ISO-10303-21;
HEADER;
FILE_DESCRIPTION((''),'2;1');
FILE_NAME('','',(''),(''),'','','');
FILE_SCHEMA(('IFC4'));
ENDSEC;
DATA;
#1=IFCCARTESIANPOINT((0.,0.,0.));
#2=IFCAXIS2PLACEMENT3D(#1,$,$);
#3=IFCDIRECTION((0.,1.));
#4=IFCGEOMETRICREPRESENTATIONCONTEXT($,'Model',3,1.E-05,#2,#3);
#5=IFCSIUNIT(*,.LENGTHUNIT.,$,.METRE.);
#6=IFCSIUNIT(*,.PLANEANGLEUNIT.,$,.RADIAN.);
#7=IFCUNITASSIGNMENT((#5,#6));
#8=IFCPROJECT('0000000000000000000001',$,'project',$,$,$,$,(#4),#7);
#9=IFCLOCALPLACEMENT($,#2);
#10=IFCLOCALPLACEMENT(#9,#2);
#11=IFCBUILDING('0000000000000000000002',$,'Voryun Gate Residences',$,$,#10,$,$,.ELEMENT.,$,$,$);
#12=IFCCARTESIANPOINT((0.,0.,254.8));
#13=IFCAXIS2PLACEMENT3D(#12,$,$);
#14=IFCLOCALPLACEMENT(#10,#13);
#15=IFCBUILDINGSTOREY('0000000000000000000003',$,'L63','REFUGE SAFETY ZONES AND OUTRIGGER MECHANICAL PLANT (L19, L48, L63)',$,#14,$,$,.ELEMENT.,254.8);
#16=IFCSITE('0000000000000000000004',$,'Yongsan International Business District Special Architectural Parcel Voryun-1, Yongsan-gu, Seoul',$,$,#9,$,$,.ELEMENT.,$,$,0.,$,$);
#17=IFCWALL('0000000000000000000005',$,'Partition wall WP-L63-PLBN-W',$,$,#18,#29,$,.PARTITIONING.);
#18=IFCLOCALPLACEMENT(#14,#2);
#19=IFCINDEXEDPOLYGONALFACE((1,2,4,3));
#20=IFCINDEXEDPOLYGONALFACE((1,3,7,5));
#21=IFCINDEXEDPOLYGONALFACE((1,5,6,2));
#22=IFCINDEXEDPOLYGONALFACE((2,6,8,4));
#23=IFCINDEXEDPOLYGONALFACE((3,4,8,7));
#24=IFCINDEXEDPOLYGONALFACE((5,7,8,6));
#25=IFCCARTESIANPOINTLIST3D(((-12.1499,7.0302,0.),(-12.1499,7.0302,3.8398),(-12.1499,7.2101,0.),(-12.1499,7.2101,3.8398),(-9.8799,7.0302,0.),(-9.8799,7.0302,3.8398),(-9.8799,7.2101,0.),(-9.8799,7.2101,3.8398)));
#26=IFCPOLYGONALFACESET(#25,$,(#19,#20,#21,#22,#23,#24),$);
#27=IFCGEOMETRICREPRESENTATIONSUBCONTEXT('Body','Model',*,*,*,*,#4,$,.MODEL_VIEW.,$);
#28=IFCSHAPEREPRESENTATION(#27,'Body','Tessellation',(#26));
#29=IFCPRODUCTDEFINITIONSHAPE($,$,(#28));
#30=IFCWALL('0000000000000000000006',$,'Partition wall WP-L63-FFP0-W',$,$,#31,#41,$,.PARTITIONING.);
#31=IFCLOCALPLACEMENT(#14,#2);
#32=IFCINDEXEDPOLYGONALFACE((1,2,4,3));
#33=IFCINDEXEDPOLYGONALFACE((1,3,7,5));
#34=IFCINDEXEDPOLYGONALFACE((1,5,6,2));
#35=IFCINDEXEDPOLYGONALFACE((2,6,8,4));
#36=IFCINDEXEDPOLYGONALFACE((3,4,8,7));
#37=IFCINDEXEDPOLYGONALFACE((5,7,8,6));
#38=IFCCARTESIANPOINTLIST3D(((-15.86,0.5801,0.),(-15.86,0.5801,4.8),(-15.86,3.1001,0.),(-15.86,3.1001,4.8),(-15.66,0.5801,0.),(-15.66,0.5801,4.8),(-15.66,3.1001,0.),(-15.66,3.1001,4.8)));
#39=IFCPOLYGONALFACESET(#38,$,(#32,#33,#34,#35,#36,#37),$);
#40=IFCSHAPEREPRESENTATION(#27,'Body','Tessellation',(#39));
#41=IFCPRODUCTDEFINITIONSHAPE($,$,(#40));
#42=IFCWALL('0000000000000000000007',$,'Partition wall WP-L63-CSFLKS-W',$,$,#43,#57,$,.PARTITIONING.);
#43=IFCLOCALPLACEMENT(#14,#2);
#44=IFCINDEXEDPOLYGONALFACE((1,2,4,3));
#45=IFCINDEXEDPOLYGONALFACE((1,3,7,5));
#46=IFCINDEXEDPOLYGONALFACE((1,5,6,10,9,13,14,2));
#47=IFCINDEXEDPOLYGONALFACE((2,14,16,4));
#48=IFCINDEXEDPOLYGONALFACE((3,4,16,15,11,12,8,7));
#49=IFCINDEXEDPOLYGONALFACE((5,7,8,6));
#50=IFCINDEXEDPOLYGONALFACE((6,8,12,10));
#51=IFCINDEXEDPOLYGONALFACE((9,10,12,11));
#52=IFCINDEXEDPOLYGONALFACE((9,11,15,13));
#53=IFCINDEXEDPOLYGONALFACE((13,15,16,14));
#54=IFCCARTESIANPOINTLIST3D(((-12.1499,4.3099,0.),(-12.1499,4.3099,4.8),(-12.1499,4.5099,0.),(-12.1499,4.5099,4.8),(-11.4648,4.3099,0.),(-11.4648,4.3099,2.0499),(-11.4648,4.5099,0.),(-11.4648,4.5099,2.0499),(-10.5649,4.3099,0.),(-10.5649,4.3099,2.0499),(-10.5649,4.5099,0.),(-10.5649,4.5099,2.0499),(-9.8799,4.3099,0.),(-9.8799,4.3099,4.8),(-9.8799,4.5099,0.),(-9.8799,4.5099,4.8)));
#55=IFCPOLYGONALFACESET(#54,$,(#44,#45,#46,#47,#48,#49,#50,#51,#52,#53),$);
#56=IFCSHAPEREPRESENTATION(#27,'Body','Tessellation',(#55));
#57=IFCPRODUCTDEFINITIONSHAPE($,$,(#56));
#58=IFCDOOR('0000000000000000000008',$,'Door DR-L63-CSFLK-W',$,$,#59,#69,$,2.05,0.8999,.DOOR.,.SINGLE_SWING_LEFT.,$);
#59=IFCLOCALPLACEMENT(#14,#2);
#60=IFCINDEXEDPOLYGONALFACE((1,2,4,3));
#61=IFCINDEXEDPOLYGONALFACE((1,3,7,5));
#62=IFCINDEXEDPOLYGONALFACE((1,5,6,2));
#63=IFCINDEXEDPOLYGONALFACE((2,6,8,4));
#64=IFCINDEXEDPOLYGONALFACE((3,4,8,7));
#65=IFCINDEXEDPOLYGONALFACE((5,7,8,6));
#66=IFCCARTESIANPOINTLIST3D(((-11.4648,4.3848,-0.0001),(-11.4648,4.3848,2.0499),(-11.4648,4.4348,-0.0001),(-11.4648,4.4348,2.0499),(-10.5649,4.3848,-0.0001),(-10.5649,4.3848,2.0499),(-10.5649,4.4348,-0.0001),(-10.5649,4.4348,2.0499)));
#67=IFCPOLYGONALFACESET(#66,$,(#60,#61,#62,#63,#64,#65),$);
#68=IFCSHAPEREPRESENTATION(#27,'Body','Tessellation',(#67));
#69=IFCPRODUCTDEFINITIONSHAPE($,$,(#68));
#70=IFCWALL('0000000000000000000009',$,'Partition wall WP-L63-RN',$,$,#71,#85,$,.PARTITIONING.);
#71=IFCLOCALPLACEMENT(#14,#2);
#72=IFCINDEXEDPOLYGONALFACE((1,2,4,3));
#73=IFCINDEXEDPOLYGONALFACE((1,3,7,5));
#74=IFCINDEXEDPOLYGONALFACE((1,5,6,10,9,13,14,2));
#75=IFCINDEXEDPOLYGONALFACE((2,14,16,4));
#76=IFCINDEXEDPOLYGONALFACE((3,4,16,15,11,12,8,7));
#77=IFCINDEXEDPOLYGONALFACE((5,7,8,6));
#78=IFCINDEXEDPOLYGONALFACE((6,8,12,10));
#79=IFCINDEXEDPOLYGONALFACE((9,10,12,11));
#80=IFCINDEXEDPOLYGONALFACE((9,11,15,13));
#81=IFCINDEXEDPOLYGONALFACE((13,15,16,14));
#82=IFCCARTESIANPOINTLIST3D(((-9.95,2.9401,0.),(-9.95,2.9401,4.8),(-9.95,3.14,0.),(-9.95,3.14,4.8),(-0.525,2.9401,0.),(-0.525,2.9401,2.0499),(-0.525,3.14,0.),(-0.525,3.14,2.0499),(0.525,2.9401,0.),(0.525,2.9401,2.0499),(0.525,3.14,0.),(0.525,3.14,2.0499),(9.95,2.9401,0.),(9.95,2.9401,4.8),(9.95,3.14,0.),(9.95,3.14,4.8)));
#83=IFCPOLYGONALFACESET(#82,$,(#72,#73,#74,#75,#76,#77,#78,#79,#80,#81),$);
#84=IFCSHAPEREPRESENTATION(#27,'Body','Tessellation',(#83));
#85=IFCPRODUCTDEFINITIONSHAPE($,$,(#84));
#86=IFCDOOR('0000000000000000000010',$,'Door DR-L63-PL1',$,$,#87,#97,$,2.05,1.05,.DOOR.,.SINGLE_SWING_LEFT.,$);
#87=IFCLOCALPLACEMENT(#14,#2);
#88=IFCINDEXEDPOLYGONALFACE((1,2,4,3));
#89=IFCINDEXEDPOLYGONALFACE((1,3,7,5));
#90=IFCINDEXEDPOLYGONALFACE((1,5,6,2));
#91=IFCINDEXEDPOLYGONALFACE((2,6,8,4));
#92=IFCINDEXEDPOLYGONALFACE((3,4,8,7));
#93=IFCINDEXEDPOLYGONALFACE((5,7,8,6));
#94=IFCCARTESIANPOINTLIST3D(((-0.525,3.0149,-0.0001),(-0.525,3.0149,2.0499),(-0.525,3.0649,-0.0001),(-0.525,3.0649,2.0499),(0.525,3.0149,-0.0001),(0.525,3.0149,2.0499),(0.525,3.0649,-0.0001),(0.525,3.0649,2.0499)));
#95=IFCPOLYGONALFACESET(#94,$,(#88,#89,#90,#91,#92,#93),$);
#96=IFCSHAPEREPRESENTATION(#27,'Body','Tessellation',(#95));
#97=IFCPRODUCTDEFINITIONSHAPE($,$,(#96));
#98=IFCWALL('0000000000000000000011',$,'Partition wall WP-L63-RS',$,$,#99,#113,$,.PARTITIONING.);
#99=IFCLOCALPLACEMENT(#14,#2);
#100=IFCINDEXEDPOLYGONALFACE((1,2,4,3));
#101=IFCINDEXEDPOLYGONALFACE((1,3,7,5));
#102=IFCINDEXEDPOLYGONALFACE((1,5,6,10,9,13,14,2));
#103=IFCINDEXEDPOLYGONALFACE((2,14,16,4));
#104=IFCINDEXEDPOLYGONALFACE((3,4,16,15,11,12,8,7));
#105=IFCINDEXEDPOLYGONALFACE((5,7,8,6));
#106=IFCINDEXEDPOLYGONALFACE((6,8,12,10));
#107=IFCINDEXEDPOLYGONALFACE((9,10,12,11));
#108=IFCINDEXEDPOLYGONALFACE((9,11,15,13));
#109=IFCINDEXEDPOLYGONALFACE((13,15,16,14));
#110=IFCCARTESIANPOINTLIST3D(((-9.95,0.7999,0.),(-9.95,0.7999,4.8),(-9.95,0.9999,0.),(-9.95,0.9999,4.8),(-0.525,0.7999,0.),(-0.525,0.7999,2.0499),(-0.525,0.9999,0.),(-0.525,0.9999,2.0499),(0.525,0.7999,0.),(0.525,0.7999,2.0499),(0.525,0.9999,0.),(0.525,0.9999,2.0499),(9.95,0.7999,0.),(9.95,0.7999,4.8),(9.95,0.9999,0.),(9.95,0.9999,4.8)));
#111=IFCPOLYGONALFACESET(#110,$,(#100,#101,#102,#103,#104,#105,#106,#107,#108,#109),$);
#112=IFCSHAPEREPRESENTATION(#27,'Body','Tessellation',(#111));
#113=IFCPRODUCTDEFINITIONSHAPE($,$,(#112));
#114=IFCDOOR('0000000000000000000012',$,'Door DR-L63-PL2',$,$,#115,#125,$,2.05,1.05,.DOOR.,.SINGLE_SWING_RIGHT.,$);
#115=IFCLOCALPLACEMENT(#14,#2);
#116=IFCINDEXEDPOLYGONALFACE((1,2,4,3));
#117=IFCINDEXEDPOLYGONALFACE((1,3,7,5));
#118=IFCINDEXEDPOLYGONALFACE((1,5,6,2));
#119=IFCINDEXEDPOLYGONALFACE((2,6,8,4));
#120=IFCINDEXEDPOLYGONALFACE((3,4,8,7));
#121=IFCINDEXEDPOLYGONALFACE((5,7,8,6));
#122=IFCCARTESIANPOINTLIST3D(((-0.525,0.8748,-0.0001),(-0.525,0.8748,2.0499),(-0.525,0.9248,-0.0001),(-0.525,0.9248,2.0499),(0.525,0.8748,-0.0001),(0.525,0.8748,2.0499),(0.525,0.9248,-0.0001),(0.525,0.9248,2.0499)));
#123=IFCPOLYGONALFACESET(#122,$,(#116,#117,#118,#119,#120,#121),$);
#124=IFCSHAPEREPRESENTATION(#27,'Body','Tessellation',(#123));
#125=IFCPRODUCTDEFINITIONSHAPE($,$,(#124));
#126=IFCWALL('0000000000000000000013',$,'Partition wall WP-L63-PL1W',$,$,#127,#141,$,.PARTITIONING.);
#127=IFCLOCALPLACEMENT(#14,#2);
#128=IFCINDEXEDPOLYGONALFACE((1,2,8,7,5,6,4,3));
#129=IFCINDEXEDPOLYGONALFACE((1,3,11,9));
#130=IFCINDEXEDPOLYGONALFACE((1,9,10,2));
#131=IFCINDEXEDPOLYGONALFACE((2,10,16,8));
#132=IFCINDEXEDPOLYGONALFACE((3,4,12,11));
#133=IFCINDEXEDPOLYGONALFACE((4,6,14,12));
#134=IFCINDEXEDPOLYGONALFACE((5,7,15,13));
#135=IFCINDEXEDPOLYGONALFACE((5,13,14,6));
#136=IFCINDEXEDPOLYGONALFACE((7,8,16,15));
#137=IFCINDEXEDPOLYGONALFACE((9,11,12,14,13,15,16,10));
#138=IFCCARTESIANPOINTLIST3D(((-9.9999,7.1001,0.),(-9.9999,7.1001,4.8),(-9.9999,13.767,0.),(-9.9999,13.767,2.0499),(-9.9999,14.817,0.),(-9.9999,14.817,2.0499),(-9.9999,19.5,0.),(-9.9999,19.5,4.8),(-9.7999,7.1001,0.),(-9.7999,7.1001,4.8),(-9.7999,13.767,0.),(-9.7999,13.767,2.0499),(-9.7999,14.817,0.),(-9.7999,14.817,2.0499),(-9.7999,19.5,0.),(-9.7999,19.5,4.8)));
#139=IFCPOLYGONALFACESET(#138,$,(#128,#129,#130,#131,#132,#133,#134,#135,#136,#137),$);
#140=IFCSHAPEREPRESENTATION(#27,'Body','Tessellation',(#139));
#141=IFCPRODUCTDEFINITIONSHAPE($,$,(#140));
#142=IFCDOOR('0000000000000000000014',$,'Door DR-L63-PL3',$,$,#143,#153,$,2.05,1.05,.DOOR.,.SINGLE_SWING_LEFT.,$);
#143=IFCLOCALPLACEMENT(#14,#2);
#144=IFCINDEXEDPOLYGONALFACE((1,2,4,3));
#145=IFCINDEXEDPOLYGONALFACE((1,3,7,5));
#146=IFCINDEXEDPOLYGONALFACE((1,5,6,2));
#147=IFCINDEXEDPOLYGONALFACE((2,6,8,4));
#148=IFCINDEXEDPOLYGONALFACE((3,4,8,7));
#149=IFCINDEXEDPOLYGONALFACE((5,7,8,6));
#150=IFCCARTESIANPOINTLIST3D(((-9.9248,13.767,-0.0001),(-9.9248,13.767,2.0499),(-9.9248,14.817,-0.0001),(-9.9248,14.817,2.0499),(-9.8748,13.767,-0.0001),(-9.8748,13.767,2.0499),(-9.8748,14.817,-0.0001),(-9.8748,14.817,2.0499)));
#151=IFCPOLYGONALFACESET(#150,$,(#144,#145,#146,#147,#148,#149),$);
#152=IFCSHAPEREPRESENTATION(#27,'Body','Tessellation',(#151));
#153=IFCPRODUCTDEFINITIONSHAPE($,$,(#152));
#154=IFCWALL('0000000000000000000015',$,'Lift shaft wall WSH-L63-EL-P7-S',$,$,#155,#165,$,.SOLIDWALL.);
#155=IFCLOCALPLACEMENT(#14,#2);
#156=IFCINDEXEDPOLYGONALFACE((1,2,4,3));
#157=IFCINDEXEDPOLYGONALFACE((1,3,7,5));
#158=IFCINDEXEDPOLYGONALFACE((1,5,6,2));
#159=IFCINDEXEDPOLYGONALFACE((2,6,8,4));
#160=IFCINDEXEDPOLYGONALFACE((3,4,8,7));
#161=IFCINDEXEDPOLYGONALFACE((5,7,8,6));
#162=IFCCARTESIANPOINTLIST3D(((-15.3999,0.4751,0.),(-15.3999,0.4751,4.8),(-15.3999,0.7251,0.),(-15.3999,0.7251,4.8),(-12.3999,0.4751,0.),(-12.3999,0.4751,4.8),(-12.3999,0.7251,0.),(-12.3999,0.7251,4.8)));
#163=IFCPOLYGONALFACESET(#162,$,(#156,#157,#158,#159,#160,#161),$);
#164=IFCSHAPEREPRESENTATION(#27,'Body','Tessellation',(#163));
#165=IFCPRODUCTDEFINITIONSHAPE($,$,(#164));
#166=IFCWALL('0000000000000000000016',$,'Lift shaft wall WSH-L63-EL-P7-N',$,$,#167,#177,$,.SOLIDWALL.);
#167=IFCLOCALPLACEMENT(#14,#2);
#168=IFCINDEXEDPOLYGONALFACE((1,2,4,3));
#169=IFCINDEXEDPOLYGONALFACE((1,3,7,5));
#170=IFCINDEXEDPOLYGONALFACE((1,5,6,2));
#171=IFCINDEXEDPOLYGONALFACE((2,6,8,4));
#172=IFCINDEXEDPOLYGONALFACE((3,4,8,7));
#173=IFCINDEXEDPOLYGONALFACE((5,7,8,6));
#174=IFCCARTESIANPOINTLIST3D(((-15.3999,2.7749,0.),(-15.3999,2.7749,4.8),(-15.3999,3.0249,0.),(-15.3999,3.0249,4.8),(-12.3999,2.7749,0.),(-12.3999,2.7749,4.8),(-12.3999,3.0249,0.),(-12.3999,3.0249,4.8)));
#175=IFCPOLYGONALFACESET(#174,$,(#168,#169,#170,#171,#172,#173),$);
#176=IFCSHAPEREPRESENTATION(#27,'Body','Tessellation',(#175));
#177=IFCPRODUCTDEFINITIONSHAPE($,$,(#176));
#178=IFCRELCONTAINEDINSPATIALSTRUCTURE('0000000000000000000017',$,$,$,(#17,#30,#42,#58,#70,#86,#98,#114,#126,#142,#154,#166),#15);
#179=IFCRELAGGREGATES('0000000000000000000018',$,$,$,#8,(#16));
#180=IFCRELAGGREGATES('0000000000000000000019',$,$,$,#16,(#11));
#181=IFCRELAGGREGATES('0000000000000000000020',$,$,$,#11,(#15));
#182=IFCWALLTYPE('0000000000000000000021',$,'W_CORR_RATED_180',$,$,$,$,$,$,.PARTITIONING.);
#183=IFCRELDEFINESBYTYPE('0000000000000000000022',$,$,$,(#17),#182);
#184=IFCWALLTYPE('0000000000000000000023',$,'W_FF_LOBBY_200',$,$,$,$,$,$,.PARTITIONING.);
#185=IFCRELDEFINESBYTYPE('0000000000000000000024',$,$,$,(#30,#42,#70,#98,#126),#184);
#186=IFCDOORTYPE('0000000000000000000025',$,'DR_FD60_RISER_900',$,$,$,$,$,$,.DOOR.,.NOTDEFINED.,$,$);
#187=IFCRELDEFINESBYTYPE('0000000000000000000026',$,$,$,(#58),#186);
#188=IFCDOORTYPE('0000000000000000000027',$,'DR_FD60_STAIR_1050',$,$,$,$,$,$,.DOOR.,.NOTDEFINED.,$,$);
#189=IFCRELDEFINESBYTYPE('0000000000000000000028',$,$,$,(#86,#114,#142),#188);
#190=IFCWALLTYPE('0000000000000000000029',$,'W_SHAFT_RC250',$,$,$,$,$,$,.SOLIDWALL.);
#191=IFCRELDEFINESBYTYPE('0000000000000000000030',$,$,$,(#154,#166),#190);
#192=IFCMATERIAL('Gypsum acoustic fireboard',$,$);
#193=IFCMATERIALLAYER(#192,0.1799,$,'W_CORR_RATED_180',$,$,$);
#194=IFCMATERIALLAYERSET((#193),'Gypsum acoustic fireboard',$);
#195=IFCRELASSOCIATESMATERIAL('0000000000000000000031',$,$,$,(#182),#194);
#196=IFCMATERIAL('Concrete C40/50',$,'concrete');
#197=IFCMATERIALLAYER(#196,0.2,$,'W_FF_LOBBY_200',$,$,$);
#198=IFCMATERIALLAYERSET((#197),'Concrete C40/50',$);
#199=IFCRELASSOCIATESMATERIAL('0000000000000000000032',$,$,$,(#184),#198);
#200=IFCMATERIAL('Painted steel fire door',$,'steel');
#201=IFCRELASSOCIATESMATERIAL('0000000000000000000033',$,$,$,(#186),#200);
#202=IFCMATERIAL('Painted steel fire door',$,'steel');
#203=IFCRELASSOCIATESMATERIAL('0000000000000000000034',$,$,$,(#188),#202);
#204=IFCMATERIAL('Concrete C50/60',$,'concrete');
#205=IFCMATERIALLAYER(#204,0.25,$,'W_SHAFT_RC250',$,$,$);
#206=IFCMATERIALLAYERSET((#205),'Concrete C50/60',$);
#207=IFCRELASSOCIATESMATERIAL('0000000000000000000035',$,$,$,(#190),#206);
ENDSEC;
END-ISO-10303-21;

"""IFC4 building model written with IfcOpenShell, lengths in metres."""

from ifc_helpers import new_model, si_unit, direction, frame, frame_2d, origin, place, context, subcontext, project, spatial, rectangle, extrude, material, layer, layer_set, type_object, element, fill, save


model = new_model("IFC4")

# Units and contexts
model_context = context("Model", 3, precision=1e-05, world=origin(), true_north=direction((0.0, 1.0)))
body_context = subcontext(model_context, "Body", "Model", "MODEL_VIEW")
ifc_project = project(units=[si_unit("LENGTHUNIT", "METRE"), si_unit("PLANEANGLEUNIT", "RADIAN")], contexts=[model_context])

# Site, building, storey
site_placement = place(None, origin())
site = spatial("IfcSite", under=ifc_project, at=site_placement, Name="Yongsan International Business District Special Architectural Parcel Voryun-1, Yongsan-gu, Seoul", CompositionType="ELEMENT", RefElevation=0.0)
building_placement = place(site_placement, origin())
building = spatial("IfcBuilding", under=site, at=building_placement, Name="Voryun Gate Residences", CompositionType="ELEMENT")
storey_placement = place(building_placement, frame((0.0, 0.0, 254.8)))
storey = spatial("IfcBuildingStorey", under=building, at=storey_placement, Name="L63", Description="REFUGE SAFETY ZONES AND OUTRIGGER MECHANICAL PLANT (L19, L48, L63)", CompositionType="ELEMENT", Elevation=254.8)

# Walls
ifc_material_1 = material(Name="Gypsum acoustic fireboard")
ifc_layer_1 = layer(ifc_material_1, 0.1799, Name="W_CORR_RATED_180")
ifc_layer_set_1 = layer_set([ifc_layer_1], Name="Gypsum acoustic fireboard")
wall_type_1 = type_object("IfcWallType", Name="W_CORR_RATED_180", PredefinedType="PARTITIONING", material=ifc_layer_set_1)
wall_1_placement = place(storey_placement, frame((-12.1499, 7.1201, 0.0), z_axis=(0.0, 0.0, 1.0), x_axis=(1.0, 0.0, 0.0)))
element("IfcWall", 1, at=wall_1_placement, inside=storey, type_object=wall_type_1, Name="Partition wall WP-L63-PLBN-W", PredefinedType="PARTITIONING", context=body_context, shape_type="SweptSolid", body=[
    extrude(rectangle(XDim=2.27, YDim=0.1799, at=frame_2d((1.135, 0.0))), origin(), (0.0, 0.0, 1.0), 3.8398),
])
ifc_material_2 = material(Name="Concrete C40/50", Category="concrete")
ifc_layer_2 = layer(ifc_material_2, 0.2, Name="W_FF_LOBBY_200")
ifc_layer_set_2 = layer_set([ifc_layer_2], Name="Concrete C40/50")
wall_type_2 = type_object("IfcWallType", Name="W_FF_LOBBY_200", PredefinedType="PARTITIONING", material=ifc_layer_set_2)
wall_2_placement = place(storey_placement, frame((-15.76, 0.5801, 0.0), z_axis=(0.0, 0.0, 1.0), x_axis=(0.0, 1.0, 0.0)))
element("IfcWall", 2, at=wall_2_placement, inside=storey, type_object=wall_type_2, Name="Partition wall WP-L63-FFP0-W", PredefinedType="PARTITIONING", context=body_context, shape_type="SweptSolid", body=[
    extrude(rectangle(XDim=2.52, YDim=0.2, at=frame_2d((1.26, 0.0))), origin(), (0.0, 0.0, 1.0), 4.8),
])

# Walls, openings, doors
wall_3_placement = place(storey_placement, frame((-12.1499, 4.4099, 0.0), z_axis=(0.0, 0.0, 1.0), x_axis=(1.0, 0.0, 0.0)))
wall_3 = element("IfcWall", 3, at=wall_3_placement, inside=storey, type_object=wall_type_2, Name="Partition wall WP-L63-CSFLKS-W", PredefinedType="PARTITIONING", context=body_context, shape_type="SweptSolid", body=[
    extrude(rectangle(XDim=2.27, YDim=0.2, at=frame_2d((1.135, 0.0))), origin(), (0.0, 0.0, 1.0), 4.8),
])
opening_1_placement = place(wall_3_placement, frame((0.6851, 0.0, 0.0)))
opening_1 = element("IfcOpeningElement", 4, at=opening_1_placement, cuts=wall_3, PredefinedType="OPENING", context=body_context, shape_type="SweptSolid", body=[
    extrude(rectangle(XDim=0.8999, YDim=2.05, at=frame_2d((0.45, 1.0249))), frame((0.0, 0.1101, 0.0), z_axis=(0.0, -1.0, 0.0), x_axis=(1.0, 0.0, 0.0)), (0.0, 0.0, 1.0), 0.22),
])
ifc_material_3 = material(Name="Painted steel fire door", Category="steel")
door_type_1 = type_object("IfcDoorType", Name="DR_FD60_RISER_900", OperationType="NOTDEFINED", PredefinedType="DOOR", material=ifc_material_3)
door_1_placement = place(opening_1_placement, origin())
door_1 = element("IfcDoor", 5, at=door_1_placement, inside=storey, type_object=door_type_1, Name="Door DR-L63-CSFLK-W", OperationType="SINGLE_SWING_LEFT", OverallHeight=2.05, OverallWidth=0.8999, PredefinedType="DOOR", context=body_context, shape_type="SweptSolid", body=[
    extrude(rectangle(XDim=0.8999, YDim=2.05, at=frame_2d((0.45, 1.0249))), frame((0.0, 0.0249, 0.0), z_axis=(0.0, -1.0, 0.0), x_axis=(1.0, 0.0, 0.0)), (0.0, 0.0, 1.0), 0.05),
])
fill(opening_1, door_1)
wall_4_placement = place(storey_placement, frame((-9.95, 3.04, 0.0), z_axis=(0.0, 0.0, 1.0), x_axis=(1.0, 0.0, 0.0)))
wall_4 = element("IfcWall", 6, at=wall_4_placement, inside=storey, type_object=wall_type_2, Name="Partition wall WP-L63-RN", PredefinedType="PARTITIONING", context=body_context, shape_type="SweptSolid", body=[
    extrude(rectangle(XDim=19.8999, YDim=0.2, at=frame_2d((9.95, 0.0))), origin(), (0.0, 0.0, 1.0), 4.8),
])
opening_2_placement = place(wall_4_placement, frame((9.425, 0.0, 0.0)))
opening_2 = element("IfcOpeningElement", 7, at=opening_2_placement, cuts=wall_4, PredefinedType="OPENING", context=body_context, shape_type="SweptSolid", body=[
    extrude(rectangle(XDim=1.05, YDim=2.05, at=frame_2d((0.5249, 1.0249))), frame((0.0, 0.1101, 0.0), z_axis=(0.0, -1.0, 0.0), x_axis=(1.0, 0.0, 0.0)), (0.0, 0.0, 1.0), 0.22),
])
ifc_material_4 = material(Name="Painted steel fire door", Category="steel")
door_type_2 = type_object("IfcDoorType", Name="DR_FD60_STAIR_1050", OperationType="NOTDEFINED", PredefinedType="DOOR", material=ifc_material_4)
door_2_placement = place(opening_2_placement, origin())
door_2 = element("IfcDoor", 8, at=door_2_placement, inside=storey, type_object=door_type_2, Name="Door DR-L63-PL1", OperationType="SINGLE_SWING_LEFT", OverallHeight=2.05, OverallWidth=1.05, PredefinedType="DOOR", context=body_context, shape_type="SweptSolid", body=[
    extrude(rectangle(XDim=1.05, YDim=2.05, at=frame_2d((0.5249, 1.0249))), frame((0.0, 0.0249, 0.0), z_axis=(0.0, -1.0, 0.0), x_axis=(1.0, 0.0, 0.0)), (0.0, 0.0, 1.0), 0.05),
])
fill(opening_2, door_2)
wall_5_placement = place(storey_placement, frame((-9.95, 0.8999, 0.0), z_axis=(0.0, 0.0, 1.0), x_axis=(1.0, 0.0, 0.0)))
wall_5 = element("IfcWall", 9, at=wall_5_placement, inside=storey, type_object=wall_type_2, Name="Partition wall WP-L63-RS", PredefinedType="PARTITIONING", context=body_context, shape_type="SweptSolid", body=[
    extrude(rectangle(XDim=19.8999, YDim=0.2, at=frame_2d((9.95, 0.0))), origin(), (0.0, 0.0, 1.0), 4.8),
])
opening_3_placement = place(wall_5_placement, frame((9.425, 0.0, 0.0)))
opening_3 = element("IfcOpeningElement", 10, at=opening_3_placement, cuts=wall_5, PredefinedType="OPENING", context=body_context, shape_type="SweptSolid", body=[
    extrude(rectangle(XDim=1.05, YDim=2.05, at=frame_2d((0.5249, 1.0249))), frame((0.0, 0.1101, 0.0), z_axis=(0.0, -1.0, 0.0), x_axis=(1.0, 0.0, 0.0)), (0.0, 0.0, 1.0), 0.22),
])
door_3_placement = place(opening_3_placement, origin())
door_3 = element("IfcDoor", 11, at=door_3_placement, inside=storey, type_object=door_type_2, Name="Door DR-L63-PL2", OperationType="SINGLE_SWING_RIGHT", OverallHeight=2.05, OverallWidth=1.05, PredefinedType="DOOR", context=body_context, shape_type="SweptSolid", body=[
    extrude(rectangle(XDim=1.05, YDim=2.05, at=frame_2d((0.5249, 1.0249))), frame((0.0, 0.0249, 0.0), z_axis=(0.0, -1.0, 0.0), x_axis=(1.0, 0.0, 0.0)), (0.0, 0.0, 1.0), 0.05),
])
fill(opening_3, door_3)
wall_6_placement = place(storey_placement, frame((-9.8999, 7.1001, 0.0), z_axis=(0.0, 0.0, 1.0), x_axis=(0.0, 1.0, 0.0)))
wall_6 = element("IfcWall", 12, at=wall_6_placement, inside=storey, type_object=wall_type_2, Name="Partition wall WP-L63-PL1W", PredefinedType="PARTITIONING", context=body_context, shape_type="SweptSolid", body=[
    extrude(rectangle(XDim=12.3999, YDim=0.2, at=frame_2d((6.2, 0.0))), origin(), (0.0, 0.0, 1.0), 4.8),
])
opening_4_placement = place(wall_6_placement, frame((6.667, 0.0, 0.0)))
opening_4 = element("IfcOpeningElement", 13, at=opening_4_placement, cuts=wall_6, PredefinedType="OPENING", context=body_context, shape_type="SweptSolid", body=[
    extrude(rectangle(XDim=1.05, YDim=2.05, at=frame_2d((0.5249, 1.0249))), frame((0.0, 0.1101, 0.0), z_axis=(0.0, -1.0, 0.0), x_axis=(1.0, 0.0, 0.0)), (0.0, 0.0, 1.0), 0.22),
])
door_4_placement = place(opening_4_placement, origin())
door_4 = element("IfcDoor", 14, at=door_4_placement, inside=storey, type_object=door_type_2, Name="Door DR-L63-PL3", OperationType="SINGLE_SWING_LEFT", OverallHeight=2.05, OverallWidth=1.05, PredefinedType="DOOR", context=body_context, shape_type="SweptSolid", body=[
    extrude(rectangle(XDim=1.05, YDim=2.05, at=frame_2d((0.5249, 1.0249))), frame((0.0, 0.0249, 0.0), z_axis=(0.0, -1.0, 0.0), x_axis=(1.0, 0.0, 0.0)), (0.0, 0.0, 1.0), 0.05),
])
fill(opening_4, door_4)

# Walls
ifc_material_5 = material(Name="Concrete C50/60", Category="concrete")
ifc_layer_3 = layer(ifc_material_5, 0.25, Name="W_SHAFT_RC250")
ifc_layer_set_3 = layer_set([ifc_layer_3], Name="Concrete C50/60")
wall_type_3 = type_object("IfcWallType", Name="W_SHAFT_RC250", PredefinedType="SOLIDWALL", material=ifc_layer_set_3)
for number, where, z_axis, x_axis, name in (
    (15, (-15.3999, 0.6001, 0.0), (0.0, 0.0, 1.0), (1.0, 0.0, 0.0), "Lift shaft wall WSH-L63-EL-P7-S"),
    (16, (-12.3999, 2.8999, 0.0), (0.0, 0.0, 1.0), (-1.0, 0.0, 0.0), "Lift shaft wall WSH-L63-EL-P7-N"),
):
    element("IfcWall", number, at=place(storey_placement, frame(where, z_axis=z_axis, x_axis=x_axis)), inside=storey, type_object=wall_type_3, Name=name, PredefinedType="SOLIDWALL", context=body_context, shape_type="SweptSolid", body=[
        extrude(rectangle(XDim=3.0, YDim=0.25, at=frame_2d((1.5, 0.0))), origin(), (0.0, 0.0, 1.0), 4.8),
    ])

save(model, "model.ifc")
